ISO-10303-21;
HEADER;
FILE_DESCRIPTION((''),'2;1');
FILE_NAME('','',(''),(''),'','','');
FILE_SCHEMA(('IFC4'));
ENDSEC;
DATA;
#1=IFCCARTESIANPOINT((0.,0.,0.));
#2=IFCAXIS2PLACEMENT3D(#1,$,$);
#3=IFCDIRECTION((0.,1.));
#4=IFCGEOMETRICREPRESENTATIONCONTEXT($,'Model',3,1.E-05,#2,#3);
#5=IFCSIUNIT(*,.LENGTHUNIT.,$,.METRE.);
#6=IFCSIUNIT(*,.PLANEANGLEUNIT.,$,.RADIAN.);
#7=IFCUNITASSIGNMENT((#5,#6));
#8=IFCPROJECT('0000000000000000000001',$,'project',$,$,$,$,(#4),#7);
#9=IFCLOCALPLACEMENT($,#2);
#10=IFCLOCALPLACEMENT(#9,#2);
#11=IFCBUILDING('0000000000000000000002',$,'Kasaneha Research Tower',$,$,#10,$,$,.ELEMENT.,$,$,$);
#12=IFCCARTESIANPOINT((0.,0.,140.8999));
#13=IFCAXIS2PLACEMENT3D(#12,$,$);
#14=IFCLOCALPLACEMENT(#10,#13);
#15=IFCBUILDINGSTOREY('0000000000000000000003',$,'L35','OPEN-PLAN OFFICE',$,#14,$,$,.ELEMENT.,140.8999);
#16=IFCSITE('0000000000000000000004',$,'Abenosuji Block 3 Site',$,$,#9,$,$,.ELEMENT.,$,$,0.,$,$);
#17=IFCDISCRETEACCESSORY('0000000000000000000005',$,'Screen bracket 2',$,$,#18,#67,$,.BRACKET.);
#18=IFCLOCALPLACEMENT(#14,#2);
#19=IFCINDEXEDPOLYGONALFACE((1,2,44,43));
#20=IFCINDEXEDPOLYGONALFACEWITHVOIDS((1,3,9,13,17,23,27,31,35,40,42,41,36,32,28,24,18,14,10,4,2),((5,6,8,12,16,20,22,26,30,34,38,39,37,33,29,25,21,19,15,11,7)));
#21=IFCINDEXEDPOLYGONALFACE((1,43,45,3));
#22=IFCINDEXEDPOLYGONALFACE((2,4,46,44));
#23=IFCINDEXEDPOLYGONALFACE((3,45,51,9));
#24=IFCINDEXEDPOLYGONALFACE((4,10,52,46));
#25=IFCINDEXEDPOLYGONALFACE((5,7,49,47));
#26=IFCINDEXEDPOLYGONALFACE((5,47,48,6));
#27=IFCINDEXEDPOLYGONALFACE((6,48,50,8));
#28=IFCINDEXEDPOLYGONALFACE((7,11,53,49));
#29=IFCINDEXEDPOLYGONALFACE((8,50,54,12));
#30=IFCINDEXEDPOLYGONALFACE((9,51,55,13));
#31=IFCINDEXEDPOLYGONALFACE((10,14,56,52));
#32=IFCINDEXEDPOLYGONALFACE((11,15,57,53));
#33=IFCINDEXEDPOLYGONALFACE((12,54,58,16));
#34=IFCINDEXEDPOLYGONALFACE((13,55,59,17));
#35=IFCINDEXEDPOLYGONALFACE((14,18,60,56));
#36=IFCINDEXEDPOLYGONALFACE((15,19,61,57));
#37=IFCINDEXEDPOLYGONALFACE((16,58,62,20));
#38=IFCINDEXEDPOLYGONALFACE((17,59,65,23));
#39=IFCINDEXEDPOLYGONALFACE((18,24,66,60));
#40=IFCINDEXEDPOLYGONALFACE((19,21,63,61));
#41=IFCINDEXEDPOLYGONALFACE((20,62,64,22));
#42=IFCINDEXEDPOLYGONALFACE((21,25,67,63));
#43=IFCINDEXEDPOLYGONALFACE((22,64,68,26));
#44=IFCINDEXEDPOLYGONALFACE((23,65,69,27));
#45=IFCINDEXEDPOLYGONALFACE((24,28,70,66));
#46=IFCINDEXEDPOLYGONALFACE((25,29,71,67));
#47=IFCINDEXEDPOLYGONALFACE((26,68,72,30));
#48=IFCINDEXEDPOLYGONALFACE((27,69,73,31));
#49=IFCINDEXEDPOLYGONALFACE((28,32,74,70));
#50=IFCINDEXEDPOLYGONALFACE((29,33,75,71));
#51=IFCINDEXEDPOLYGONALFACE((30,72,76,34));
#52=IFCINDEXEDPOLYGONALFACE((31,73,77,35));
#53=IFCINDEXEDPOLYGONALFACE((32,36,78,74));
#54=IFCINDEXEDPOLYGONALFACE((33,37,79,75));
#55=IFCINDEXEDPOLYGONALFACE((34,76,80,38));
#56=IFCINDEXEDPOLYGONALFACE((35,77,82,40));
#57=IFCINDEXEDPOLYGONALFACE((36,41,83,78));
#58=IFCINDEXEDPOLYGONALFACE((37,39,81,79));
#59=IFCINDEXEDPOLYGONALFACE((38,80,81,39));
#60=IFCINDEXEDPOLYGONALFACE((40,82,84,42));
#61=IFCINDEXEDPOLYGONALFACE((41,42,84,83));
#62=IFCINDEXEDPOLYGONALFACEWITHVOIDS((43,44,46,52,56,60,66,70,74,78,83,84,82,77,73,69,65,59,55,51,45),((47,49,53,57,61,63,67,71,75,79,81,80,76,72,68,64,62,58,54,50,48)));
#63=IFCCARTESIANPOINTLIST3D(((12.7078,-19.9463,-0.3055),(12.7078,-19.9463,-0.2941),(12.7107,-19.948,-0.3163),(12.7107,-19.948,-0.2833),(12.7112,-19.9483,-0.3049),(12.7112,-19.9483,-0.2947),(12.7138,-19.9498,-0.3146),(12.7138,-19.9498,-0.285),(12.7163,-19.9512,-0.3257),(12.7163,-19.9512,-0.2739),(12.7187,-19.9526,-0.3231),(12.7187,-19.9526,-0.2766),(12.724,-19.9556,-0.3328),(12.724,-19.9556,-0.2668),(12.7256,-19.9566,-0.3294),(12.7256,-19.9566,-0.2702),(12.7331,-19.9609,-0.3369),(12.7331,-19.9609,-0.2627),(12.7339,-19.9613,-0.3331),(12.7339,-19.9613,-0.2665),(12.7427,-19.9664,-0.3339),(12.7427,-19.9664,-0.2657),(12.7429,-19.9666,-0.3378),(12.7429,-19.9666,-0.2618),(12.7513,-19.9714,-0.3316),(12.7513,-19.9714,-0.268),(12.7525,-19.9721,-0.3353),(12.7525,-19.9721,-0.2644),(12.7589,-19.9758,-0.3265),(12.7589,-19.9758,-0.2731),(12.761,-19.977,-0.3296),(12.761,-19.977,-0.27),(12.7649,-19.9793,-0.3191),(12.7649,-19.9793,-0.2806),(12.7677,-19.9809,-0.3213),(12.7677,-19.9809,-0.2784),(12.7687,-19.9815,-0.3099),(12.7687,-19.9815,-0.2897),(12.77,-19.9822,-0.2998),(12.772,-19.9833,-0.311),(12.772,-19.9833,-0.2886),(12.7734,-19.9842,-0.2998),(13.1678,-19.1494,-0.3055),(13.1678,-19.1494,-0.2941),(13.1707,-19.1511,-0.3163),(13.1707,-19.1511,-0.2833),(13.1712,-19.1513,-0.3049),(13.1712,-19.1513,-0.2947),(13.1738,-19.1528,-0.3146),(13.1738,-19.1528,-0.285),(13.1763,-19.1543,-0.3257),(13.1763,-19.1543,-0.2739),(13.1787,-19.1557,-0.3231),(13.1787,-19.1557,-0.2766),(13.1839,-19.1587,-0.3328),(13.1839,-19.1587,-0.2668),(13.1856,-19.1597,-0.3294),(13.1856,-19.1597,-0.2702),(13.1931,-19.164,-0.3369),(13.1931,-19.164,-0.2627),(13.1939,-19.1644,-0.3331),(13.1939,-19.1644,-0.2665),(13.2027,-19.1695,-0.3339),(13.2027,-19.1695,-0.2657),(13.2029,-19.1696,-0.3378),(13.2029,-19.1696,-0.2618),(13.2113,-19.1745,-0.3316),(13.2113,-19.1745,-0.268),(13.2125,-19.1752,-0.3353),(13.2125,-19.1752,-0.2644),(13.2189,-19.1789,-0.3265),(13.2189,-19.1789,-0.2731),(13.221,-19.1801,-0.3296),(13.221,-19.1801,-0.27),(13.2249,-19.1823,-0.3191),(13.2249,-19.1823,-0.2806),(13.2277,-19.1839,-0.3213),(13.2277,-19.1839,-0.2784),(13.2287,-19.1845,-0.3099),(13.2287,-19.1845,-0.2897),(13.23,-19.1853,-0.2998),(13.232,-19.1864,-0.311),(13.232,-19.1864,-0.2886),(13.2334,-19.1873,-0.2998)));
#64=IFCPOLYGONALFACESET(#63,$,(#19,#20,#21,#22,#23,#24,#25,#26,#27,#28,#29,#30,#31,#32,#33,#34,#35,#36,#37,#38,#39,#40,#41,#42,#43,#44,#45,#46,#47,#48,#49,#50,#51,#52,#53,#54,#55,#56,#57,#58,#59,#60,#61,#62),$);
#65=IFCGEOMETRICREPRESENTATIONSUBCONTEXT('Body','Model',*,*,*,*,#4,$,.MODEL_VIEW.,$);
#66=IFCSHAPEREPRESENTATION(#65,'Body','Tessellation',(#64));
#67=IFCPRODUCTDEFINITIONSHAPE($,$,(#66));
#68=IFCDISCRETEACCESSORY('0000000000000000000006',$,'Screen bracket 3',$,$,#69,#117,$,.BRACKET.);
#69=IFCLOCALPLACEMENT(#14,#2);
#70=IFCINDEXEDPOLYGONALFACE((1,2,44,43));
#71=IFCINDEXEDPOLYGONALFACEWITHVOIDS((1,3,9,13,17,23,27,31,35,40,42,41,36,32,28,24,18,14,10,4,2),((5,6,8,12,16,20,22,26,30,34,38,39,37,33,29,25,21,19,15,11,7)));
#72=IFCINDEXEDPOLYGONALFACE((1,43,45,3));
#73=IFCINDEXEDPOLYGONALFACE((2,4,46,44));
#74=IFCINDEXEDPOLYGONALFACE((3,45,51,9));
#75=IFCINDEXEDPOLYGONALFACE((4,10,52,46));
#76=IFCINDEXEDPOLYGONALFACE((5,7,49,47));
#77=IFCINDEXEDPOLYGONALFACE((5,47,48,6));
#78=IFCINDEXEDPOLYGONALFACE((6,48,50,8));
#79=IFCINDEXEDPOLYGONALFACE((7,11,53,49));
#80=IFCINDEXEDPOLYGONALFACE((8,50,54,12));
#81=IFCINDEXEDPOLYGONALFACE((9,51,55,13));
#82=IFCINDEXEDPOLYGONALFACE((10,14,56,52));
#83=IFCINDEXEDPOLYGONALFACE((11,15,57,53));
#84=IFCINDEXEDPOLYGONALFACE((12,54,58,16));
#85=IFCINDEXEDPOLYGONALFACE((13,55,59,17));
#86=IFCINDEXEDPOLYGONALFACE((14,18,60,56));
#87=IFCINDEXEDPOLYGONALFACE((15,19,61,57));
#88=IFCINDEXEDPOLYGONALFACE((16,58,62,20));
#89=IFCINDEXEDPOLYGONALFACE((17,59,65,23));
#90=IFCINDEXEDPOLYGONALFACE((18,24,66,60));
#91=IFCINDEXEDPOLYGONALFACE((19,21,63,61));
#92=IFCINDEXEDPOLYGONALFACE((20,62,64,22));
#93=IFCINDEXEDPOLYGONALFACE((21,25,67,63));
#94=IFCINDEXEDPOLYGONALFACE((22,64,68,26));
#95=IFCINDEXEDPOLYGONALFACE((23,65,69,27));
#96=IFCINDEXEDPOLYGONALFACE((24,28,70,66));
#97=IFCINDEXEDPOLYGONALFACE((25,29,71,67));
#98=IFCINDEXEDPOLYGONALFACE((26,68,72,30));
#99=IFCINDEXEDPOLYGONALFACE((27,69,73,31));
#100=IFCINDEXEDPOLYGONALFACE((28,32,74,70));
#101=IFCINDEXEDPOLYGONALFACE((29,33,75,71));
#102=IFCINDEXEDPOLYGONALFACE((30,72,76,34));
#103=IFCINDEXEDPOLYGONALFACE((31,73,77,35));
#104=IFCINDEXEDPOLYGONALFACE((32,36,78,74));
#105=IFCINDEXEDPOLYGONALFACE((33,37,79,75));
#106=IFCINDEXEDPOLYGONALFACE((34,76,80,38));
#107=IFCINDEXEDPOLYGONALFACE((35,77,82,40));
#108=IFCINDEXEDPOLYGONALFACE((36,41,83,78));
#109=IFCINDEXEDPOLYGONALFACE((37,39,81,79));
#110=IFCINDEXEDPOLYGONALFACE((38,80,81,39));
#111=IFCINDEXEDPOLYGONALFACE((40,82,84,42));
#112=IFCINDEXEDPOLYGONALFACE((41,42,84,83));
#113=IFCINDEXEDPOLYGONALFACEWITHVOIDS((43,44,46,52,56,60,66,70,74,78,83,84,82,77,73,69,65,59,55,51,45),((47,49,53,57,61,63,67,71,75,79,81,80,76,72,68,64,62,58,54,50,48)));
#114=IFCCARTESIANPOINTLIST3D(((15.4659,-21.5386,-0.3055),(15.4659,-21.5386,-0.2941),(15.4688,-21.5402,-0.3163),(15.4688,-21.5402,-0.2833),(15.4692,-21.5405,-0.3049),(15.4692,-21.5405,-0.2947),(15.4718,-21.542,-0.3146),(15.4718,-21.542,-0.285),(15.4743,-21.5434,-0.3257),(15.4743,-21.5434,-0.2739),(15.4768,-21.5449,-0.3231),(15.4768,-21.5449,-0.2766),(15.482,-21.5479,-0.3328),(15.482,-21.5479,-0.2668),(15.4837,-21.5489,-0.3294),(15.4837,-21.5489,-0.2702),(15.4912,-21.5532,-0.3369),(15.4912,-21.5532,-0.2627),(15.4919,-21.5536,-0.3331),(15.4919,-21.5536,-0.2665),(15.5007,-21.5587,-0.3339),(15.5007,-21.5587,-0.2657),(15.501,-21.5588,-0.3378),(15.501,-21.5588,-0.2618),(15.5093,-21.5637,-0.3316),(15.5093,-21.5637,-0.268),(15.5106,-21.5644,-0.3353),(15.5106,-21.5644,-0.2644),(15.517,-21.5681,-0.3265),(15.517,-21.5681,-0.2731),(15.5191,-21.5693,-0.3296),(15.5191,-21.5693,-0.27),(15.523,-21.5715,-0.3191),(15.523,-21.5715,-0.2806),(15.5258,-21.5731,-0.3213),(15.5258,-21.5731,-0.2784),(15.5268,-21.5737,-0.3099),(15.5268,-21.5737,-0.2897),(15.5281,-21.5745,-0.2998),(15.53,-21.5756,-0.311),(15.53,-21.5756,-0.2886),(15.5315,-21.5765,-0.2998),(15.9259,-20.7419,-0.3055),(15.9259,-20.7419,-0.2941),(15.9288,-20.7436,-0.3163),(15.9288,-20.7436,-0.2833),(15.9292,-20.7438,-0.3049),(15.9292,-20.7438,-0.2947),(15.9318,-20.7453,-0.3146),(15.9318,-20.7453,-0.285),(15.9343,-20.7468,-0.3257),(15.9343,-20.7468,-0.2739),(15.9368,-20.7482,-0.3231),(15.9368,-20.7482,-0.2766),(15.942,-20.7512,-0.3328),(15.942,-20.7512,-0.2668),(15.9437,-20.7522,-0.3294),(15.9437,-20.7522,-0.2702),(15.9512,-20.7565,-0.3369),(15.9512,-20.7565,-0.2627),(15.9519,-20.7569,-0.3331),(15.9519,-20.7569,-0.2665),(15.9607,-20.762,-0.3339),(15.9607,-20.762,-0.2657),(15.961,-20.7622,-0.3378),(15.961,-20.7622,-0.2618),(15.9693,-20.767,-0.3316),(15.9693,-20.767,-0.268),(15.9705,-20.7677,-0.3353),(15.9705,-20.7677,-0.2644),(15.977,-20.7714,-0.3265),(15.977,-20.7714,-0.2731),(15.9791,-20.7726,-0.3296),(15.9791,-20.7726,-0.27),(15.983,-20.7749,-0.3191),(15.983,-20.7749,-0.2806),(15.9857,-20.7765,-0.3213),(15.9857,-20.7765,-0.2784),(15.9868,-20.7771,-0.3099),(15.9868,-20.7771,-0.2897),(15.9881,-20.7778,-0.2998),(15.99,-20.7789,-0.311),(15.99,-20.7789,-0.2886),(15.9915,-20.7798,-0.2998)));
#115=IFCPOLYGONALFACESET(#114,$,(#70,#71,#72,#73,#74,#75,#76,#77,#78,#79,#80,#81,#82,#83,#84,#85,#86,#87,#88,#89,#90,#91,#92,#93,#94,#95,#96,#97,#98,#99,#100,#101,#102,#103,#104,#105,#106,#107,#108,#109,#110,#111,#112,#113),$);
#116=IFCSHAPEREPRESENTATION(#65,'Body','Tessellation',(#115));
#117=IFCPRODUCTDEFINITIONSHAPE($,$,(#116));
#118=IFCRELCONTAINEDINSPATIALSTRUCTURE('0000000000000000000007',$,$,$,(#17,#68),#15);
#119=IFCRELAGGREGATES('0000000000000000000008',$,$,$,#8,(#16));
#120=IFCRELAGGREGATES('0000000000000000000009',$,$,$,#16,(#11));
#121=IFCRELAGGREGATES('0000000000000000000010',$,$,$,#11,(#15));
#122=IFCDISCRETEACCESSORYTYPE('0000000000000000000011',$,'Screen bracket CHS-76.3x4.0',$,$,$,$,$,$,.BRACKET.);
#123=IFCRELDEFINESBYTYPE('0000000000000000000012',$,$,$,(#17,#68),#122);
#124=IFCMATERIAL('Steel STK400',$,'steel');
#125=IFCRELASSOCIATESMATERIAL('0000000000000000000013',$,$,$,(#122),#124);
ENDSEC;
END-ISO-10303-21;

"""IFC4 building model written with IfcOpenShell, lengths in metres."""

from ifc_helpers import new_model, si_unit, direction, frame, origin, origin_2d, place, context, subcontext, project, spatial, hollow_circle, extrude, material, material_profile, profile_set, type_object, element, save


model = new_model("IFC4")

# Units and contexts
model_context = context("Model", 3, precision=1e-05, world=origin(), true_north=direction((0.0, 1.0)))
body_context = subcontext(model_context, "Body", "Model", "MODEL_VIEW")
ifc_project = project(units=[si_unit("LENGTHUNIT", "METRE"), si_unit("PLANEANGLEUNIT", "RADIAN")], contexts=[model_context])

# Site, building, storey
site_placement = place(None, origin())
site = spatial("IfcSite", under=ifc_project, at=site_placement, Name="Abenosuji Block 3 Site", CompositionType="ELEMENT", RefElevation=0.0)
building_placement = place(site_placement, origin())
building = spatial("IfcBuilding", under=site, at=building_placement, Name="Kasaneha Research Tower", CompositionType="ELEMENT")
storey_placement = place(building_placement, frame((0.0, 0.0, 140.8999)))
storey = spatial("IfcBuildingStorey", under=building, at=storey_placement, Name="L35", Description="OPEN-PLAN OFFICE", CompositionType="ELEMENT", Elevation=140.8999)

# Discrete accessories
ifc_material_1 = material(Name="Steel STK400", Category="steel")
ifc_material_profile_1 = material_profile(ifc_material_1, hollow_circle(Radius=0.0381, WallThickness=0.0039, at=origin_2d()), Name="CHS-76.3x4.0")
ifc_profile_set_1 = profile_set([ifc_material_profile_1], Name="Steel STK400")
discrete_accessory_type = type_object("IfcDiscreteAccessoryType", Name="Screen bracket CHS-76.3x4.0", PredefinedType="BRACKET", material=ifc_profile_set_1)
discrete_accessory_1_placement = place(storey_placement, frame((13.2004, -19.1682, -0.2998), z_axis=(-0.499906, -0.86608, 0.0), x_axis=(0.86608, -0.499906, 0.0)))
element("IfcDiscreteAccessory", 1, at=discrete_accessory_1_placement, inside=storey, type_object=discrete_accessory_type, Name="Screen bracket 2", PredefinedType="BRACKET", context=body_context, shape_type="SweptSolid", body=[
    extrude(hollow_circle(Radius=0.0381, WallThickness=0.0039, at=origin_2d()), origin(), (0.0, 0.0, 1.0), 0.9202),
])
discrete_accessory_2_placement = place(storey_placement, frame((15.9585, -20.7607, -0.2998), z_axis=(-0.500021, -0.866013, 0.0), x_axis=(0.866013, -0.500021, 0.0)))
element("IfcDiscreteAccessory", 2, at=discrete_accessory_2_placement, inside=storey, type_object=discrete_accessory_type, Name="Screen bracket 3", PredefinedType="BRACKET", context=body_context, shape_type="SweptSolid", body=[
    extrude(hollow_circle(Radius=0.0381, WallThickness=0.0039, at=origin_2d()), origin(), (0.0, 0.0, 1.0), 0.9199),
])

save(model, "model.ifc")
